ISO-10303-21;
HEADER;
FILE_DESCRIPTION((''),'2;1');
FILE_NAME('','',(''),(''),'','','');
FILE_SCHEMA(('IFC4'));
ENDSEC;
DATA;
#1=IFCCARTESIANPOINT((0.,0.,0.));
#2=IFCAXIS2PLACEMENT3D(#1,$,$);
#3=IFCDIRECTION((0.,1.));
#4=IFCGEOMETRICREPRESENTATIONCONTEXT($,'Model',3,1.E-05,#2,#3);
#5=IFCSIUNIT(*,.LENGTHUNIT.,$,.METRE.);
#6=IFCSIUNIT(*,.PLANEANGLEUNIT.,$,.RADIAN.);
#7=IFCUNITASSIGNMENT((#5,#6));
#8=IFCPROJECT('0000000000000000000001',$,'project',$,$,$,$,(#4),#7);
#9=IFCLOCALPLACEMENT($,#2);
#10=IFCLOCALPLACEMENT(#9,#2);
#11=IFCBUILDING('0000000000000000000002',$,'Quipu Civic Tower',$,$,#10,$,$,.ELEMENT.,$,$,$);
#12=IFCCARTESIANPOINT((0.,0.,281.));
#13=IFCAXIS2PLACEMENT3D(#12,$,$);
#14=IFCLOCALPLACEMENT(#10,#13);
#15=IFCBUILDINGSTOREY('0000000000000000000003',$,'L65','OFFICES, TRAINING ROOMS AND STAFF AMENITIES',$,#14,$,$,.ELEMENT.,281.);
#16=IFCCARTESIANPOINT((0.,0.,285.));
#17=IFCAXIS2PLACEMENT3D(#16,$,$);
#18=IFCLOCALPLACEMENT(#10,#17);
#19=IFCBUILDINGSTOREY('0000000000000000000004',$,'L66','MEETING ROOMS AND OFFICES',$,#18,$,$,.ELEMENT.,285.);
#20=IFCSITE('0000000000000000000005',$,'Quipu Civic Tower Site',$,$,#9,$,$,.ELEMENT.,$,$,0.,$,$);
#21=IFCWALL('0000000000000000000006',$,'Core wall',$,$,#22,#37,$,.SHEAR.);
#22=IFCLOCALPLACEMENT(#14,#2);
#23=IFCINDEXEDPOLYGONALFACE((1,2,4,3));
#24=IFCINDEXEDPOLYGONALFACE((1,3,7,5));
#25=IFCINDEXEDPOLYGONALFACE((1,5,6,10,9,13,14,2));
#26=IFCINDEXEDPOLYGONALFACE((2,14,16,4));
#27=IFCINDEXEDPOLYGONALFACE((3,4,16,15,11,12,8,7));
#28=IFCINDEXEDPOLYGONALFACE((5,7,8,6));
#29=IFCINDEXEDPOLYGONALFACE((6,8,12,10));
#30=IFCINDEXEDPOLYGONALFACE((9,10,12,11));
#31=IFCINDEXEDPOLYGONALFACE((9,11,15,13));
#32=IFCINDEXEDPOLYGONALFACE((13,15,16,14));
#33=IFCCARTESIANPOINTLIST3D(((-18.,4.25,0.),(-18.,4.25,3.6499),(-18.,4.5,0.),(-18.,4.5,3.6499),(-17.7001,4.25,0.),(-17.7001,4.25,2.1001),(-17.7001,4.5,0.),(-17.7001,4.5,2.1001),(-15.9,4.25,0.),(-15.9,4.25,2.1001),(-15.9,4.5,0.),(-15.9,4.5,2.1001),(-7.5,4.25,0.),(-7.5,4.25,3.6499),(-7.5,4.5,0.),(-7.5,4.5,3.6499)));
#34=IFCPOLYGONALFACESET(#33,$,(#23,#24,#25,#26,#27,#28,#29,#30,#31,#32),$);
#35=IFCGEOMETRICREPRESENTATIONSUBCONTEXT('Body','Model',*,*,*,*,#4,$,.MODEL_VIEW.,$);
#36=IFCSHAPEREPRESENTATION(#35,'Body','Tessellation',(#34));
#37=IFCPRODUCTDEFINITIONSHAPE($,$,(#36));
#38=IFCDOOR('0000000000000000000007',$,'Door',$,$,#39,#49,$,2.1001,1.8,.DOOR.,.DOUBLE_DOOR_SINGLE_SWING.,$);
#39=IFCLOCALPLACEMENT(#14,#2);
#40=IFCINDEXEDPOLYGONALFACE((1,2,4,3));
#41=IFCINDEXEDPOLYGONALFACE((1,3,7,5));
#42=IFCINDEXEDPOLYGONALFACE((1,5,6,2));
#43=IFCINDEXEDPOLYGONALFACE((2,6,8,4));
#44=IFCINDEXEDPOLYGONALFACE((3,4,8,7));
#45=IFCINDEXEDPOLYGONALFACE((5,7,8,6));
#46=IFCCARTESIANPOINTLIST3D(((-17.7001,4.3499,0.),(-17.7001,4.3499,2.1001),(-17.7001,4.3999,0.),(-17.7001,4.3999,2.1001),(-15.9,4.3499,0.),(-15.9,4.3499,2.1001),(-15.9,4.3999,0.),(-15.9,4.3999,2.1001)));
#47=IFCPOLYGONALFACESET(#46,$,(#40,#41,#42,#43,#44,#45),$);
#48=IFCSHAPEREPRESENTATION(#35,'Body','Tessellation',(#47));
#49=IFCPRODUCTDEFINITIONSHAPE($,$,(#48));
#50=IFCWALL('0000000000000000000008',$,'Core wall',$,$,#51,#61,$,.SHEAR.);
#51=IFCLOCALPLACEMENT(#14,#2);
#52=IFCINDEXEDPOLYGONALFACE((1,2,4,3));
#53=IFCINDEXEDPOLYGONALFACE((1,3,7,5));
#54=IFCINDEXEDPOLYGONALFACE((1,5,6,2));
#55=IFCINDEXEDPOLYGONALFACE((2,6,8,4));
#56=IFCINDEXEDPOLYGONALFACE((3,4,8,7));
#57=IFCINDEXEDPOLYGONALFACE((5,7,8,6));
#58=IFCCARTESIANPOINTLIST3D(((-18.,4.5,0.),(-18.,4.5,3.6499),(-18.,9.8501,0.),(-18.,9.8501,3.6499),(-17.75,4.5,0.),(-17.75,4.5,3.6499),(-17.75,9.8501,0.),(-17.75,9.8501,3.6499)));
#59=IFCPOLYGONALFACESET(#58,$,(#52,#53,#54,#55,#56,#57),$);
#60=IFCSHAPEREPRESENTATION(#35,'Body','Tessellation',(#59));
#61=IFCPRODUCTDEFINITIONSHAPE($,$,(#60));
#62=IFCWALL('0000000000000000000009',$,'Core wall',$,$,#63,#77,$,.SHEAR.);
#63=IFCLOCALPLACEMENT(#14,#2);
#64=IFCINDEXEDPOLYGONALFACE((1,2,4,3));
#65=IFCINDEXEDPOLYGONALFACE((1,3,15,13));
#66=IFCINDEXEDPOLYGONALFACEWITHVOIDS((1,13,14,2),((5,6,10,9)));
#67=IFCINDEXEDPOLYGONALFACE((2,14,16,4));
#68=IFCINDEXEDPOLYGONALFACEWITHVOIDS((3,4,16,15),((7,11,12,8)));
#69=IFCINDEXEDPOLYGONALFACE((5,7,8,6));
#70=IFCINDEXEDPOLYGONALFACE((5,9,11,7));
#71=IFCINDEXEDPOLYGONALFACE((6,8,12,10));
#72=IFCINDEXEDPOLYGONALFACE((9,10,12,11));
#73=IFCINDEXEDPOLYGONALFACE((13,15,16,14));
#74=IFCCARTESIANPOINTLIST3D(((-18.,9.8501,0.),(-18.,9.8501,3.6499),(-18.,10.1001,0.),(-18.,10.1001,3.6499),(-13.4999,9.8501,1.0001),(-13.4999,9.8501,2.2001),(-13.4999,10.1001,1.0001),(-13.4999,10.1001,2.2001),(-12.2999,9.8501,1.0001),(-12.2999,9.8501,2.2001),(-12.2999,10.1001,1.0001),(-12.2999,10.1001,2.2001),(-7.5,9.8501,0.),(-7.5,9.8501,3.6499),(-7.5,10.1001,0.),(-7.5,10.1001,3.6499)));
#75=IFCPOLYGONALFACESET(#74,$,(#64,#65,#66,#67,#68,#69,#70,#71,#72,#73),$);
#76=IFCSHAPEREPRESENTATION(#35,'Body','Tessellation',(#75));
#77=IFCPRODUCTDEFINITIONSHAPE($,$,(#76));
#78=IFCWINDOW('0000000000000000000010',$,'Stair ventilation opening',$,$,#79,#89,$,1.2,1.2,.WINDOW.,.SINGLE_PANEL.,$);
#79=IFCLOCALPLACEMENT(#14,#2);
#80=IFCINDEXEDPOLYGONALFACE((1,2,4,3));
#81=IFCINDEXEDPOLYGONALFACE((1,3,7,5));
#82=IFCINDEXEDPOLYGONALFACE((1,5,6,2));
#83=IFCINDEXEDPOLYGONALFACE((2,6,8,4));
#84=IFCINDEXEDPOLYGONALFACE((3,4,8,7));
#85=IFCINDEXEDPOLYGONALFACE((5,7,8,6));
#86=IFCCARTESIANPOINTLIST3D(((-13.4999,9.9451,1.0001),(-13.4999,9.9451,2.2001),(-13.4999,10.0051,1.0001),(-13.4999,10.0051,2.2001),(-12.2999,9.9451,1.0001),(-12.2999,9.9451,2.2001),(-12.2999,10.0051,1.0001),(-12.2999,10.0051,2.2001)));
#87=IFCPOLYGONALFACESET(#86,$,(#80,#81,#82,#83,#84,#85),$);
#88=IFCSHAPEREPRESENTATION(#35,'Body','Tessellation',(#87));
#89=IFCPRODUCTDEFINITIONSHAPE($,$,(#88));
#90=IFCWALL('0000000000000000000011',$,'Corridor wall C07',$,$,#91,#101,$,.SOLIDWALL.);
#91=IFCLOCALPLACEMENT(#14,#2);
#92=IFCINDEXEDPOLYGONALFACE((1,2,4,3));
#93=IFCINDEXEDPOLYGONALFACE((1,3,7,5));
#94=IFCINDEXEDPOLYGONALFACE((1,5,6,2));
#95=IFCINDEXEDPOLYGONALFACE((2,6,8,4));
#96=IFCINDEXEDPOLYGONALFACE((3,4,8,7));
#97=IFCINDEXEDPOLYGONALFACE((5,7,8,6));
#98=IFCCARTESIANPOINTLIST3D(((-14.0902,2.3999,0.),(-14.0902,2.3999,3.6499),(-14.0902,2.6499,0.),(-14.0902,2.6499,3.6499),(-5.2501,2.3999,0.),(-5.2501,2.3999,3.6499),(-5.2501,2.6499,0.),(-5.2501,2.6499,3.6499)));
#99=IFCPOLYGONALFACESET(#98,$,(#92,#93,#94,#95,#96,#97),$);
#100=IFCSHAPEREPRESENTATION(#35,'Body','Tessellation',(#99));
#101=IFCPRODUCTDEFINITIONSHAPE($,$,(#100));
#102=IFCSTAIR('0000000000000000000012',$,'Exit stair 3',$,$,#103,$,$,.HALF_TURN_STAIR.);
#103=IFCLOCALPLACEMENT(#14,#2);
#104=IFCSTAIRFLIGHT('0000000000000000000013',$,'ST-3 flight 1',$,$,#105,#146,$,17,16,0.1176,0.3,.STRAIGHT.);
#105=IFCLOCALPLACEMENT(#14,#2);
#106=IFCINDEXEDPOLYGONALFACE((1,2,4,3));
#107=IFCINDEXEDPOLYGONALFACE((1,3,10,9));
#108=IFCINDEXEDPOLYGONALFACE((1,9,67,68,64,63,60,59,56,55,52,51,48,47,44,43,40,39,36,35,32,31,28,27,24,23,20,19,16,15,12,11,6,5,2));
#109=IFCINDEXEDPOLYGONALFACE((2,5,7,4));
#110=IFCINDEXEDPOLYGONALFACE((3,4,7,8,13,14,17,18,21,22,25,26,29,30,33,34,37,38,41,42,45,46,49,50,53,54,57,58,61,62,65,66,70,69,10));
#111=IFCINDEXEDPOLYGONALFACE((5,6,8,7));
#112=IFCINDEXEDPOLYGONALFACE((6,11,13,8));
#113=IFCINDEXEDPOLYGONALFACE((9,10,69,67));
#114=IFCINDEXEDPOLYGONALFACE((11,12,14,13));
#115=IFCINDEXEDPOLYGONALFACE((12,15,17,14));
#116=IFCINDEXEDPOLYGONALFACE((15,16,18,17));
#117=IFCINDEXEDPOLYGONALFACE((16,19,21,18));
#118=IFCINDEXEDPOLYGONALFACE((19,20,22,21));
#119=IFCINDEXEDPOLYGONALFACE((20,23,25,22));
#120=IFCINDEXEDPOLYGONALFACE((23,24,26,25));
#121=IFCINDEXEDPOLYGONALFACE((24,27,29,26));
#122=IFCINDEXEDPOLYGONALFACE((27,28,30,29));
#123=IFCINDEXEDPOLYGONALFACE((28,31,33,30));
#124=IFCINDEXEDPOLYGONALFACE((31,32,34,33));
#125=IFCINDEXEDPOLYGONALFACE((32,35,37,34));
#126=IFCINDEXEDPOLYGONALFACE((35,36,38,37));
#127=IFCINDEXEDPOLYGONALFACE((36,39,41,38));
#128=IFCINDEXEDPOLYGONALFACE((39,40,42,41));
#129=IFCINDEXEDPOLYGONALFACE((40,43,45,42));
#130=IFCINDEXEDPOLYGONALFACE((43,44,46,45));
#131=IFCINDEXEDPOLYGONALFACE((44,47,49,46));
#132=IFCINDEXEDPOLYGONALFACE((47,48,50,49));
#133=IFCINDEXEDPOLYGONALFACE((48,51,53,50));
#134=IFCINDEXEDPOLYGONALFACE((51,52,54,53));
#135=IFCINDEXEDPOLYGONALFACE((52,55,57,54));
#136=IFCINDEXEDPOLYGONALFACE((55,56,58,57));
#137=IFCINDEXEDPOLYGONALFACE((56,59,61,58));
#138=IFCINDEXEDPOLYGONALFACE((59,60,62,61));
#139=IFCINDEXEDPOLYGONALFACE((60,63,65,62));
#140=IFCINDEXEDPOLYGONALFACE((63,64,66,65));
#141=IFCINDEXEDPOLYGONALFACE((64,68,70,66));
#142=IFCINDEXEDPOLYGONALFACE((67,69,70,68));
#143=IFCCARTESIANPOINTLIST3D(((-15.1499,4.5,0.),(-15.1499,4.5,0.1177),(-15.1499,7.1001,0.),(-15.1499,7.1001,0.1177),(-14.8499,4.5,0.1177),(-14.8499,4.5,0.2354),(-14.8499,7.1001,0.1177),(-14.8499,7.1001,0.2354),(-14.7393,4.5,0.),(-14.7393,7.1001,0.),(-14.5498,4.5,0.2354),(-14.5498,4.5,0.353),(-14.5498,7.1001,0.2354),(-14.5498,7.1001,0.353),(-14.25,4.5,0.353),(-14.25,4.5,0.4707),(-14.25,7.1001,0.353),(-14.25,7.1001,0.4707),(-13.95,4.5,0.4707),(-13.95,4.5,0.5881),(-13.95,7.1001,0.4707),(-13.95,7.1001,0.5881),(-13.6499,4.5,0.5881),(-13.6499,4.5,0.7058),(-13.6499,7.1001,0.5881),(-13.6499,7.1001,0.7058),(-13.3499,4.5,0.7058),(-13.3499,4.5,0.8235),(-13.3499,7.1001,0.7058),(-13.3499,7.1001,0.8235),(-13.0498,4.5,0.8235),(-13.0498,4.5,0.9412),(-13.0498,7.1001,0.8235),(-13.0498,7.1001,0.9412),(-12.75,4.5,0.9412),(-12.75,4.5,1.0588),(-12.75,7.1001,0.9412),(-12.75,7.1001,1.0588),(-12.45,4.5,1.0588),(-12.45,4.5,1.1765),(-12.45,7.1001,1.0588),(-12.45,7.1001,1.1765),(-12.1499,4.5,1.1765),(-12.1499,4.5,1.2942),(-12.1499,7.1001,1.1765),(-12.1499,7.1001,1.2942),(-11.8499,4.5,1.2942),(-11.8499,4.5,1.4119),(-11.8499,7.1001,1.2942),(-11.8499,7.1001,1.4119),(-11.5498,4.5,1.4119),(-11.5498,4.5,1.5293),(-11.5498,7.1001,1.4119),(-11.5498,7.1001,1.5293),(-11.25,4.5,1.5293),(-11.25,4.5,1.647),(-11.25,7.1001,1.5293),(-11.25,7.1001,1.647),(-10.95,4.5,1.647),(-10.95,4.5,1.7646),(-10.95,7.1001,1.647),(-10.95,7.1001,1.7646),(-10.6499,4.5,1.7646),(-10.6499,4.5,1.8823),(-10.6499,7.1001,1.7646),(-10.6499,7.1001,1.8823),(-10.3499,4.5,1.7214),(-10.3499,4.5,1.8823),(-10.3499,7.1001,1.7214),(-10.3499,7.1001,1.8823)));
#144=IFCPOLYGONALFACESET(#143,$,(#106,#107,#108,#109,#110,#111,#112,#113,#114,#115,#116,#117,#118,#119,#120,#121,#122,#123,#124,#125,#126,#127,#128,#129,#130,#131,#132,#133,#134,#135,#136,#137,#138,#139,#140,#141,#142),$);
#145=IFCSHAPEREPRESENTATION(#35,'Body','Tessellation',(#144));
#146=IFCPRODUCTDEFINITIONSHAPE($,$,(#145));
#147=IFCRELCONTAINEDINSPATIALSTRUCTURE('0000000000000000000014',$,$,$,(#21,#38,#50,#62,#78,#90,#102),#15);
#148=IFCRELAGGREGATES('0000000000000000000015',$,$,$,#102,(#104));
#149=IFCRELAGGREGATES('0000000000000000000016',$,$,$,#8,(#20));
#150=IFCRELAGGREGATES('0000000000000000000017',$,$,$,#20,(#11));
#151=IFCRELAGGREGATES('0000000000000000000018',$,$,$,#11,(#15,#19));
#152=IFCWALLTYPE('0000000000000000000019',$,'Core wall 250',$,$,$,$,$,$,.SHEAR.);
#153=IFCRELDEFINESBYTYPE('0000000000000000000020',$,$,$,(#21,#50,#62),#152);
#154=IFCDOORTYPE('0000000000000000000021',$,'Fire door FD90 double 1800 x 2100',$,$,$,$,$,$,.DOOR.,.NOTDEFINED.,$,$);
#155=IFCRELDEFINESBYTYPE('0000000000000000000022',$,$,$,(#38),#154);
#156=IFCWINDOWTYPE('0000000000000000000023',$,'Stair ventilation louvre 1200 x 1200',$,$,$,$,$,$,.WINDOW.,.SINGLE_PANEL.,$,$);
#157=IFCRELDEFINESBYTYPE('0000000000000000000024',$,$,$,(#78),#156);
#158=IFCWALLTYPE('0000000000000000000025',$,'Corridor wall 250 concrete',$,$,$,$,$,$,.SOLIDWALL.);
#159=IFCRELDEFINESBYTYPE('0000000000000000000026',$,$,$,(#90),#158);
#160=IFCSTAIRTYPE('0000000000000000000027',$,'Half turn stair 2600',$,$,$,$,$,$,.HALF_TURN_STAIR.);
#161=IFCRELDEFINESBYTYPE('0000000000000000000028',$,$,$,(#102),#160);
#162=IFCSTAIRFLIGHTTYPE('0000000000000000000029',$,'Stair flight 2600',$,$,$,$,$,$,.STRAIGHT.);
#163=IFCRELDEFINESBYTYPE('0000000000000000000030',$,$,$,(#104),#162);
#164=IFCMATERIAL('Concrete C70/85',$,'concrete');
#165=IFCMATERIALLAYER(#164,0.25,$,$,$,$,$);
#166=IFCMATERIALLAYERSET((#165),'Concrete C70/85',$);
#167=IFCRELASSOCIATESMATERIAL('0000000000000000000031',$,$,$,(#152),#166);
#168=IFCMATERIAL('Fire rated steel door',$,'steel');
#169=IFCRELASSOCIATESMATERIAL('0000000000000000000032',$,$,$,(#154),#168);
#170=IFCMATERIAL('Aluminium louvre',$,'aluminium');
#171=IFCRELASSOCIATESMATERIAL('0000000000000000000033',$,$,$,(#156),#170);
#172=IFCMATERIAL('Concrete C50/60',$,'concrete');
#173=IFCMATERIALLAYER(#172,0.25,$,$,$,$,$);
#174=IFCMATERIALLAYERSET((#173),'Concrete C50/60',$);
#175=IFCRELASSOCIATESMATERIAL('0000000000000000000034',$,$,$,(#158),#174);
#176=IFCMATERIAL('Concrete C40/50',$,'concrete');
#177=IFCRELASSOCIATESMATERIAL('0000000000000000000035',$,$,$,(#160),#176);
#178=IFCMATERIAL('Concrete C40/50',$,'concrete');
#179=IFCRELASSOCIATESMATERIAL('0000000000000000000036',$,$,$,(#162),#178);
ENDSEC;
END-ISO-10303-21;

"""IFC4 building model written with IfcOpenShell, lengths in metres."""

from ifc_helpers import new_model, si_unit, direction, frame, frame_2d, origin, place, context, subcontext, project, spatial, polyline, rectangle, outline, extrude, material, layer, layer_set, type_object, element, fill, aggregate, save


model = new_model("IFC4")

# Units and contexts
model_context = context("Model", 3, precision=1e-05, world=origin(), true_north=direction((0.0, 1.0)))
body_context = subcontext(model_context, "Body", "Model", "MODEL_VIEW")
ifc_project = project(units=[si_unit("LENGTHUNIT", "METRE"), si_unit("PLANEANGLEUNIT", "RADIAN")], contexts=[model_context])

# Site, building, storey
site_placement = place(None, origin())
site = spatial("IfcSite", under=ifc_project, at=site_placement, Name="Quipu Civic Tower Site", CompositionType="ELEMENT", RefElevation=0.0)
building_placement = place(site_placement, origin())
building = spatial("IfcBuilding", under=site, at=building_placement, Name="Quipu Civic Tower", CompositionType="ELEMENT")
storey_1_placement = place(building_placement, frame((0.0, 0.0, 281.0)))
storey_1 = spatial("IfcBuildingStorey", under=building, at=storey_1_placement, Name="L65", Description="OFFICES, TRAINING ROOMS AND STAFF AMENITIES", CompositionType="ELEMENT", Elevation=281.0)

# Shared definitions
storey_2_placement = place(building_placement, frame((0.0, 0.0, 285.0)))
storey_2 = spatial("IfcBuildingStorey", under=building, at=storey_2_placement, Name="L66", Description="MEETING ROOMS AND OFFICES", CompositionType="ELEMENT", Elevation=285.0)

# Shared definitions
ifc_material_1 = material(Name="Concrete C70/85", Category="concrete")
ifc_layer_1 = layer(ifc_material_1, 0.25)
ifc_layer_set_1 = layer_set([ifc_layer_1], Name="Concrete C70/85")
wall_type_1 = type_object("IfcWallType", Name="Core wall 250", PredefinedType="SHEAR", material=ifc_layer_set_1)
ifc_material_2 = material(Name="Fire rated steel door", Category="steel")
door_type = type_object("IfcDoorType", Name="Fire door FD90 double 1800 x 2100", OperationType="NOTDEFINED", PredefinedType="DOOR", material=ifc_material_2)

# Wall, opening, door
wall_1_placement = place(storey_1_placement, frame((-18.0, 4.375, 0.0), z_axis=(0.0, 0.0, 1.0), x_axis=(1.0, 0.0, 0.0)))
wall_1 = element("IfcWall", 1, at=wall_1_placement, inside=storey_1, type_object=wall_type_1, Name="Core wall", PredefinedType="SHEAR", context=body_context, shape_type="SweptSolid", body=[
    extrude(rectangle(XDim=10.5, YDim=0.25, at=frame_2d((5.25, 0.0))), origin(), (0.0, 0.0, 1.0), 3.6499),
])
opening_1_placement = place(wall_1_placement, frame((0.3, 0.0, 0.0)))
opening_1 = element("IfcOpeningElement", 2, at=opening_1_placement, cuts=wall_1, PredefinedType="OPENING", context=body_context, shape_type="SweptSolid", body=[
    extrude(rectangle(XDim=1.8, YDim=2.1001, at=frame_2d((0.8999, 1.05))), frame((0.0, 0.135, 0.0), z_axis=(0.0, -1.0, 0.0), x_axis=(1.0, 0.0, 0.0)), (0.0, 0.0, 1.0), 0.27),
])
door_1_placement = place(opening_1_placement, origin())
door_1 = element("IfcDoor", 3, at=door_1_placement, inside=storey_1, type_object=door_type, Name="Door", OperationType="DOUBLE_DOOR_SINGLE_SWING", OverallHeight=2.1001, OverallWidth=1.8, PredefinedType="DOOR", context=body_context, shape_type="SweptSolid", body=[
    extrude(rectangle(XDim=1.8, YDim=2.1001, at=frame_2d((0.8999, 1.05))), frame((0.0, 0.0249, 0.0), z_axis=(0.0, -1.0, 0.0), x_axis=(1.0, 0.0, 0.0)), (0.0, 0.0, 1.0), 0.05),
])
fill(opening_1, door_1)

# Wall
wall_2_placement = place(storey_1_placement, frame((-17.875, 4.5, 0.0), z_axis=(0.0, 0.0, 1.0), x_axis=(0.0, 1.0, 0.0)))
element("IfcWall", 4, at=wall_2_placement, inside=storey_1, type_object=wall_type_1, Name="Core wall", PredefinedType="SHEAR", context=body_context, shape_type="SweptSolid", body=[
    extrude(rectangle(XDim=5.3501, YDim=0.25, at=frame_2d((2.675, 0.0))), origin(), (0.0, 0.0, 1.0), 3.6499),
])

# Wall, opening, window
wall_3_placement = place(storey_1_placement, frame((-18.0, 9.9751, 0.0), z_axis=(0.0, 0.0, 1.0), x_axis=(1.0, 0.0, 0.0)))
wall_3 = element("IfcWall", 5, at=wall_3_placement, inside=storey_1, type_object=wall_type_1, Name="Core wall", PredefinedType="SHEAR", context=body_context, shape_type="SweptSolid", body=[
    extrude(rectangle(XDim=10.5, YDim=0.25, at=frame_2d((5.25, 0.0))), origin(), (0.0, 0.0, 1.0), 3.6499),
])
opening_2_placement = place(wall_3_placement, frame((4.5, 0.0, 1.0)))
opening_2 = element("IfcOpeningElement", 6, at=opening_2_placement, cuts=wall_3, PredefinedType="OPENING", context=body_context, shape_type="SweptSolid", body=[
    extrude(rectangle(XDim=1.2, YDim=1.2, at=frame_2d((0.6001, 0.6001))), frame((0.0, 0.135, 0.0), z_axis=(0.0, -1.0, 0.0), x_axis=(1.0, 0.0, 0.0)), (0.0, 0.0, 1.0), 0.27),
])
ifc_material_3 = material(Name="Aluminium louvre", Category="aluminium")
window_type = type_object("IfcWindowType", Name="Stair ventilation louvre 1200 x 1200", PartitioningType="SINGLE_PANEL", PredefinedType="WINDOW", material=ifc_material_3)
window_placement = place(opening_2_placement, origin())
window = element("IfcWindow", 7, at=window_placement, inside=storey_1, type_object=window_type, Name="Stair ventilation opening", OverallHeight=1.2, OverallWidth=1.2, PartitioningType="SINGLE_PANEL", PredefinedType="WINDOW", context=body_context, shape_type="SweptSolid", body=[
    extrude(rectangle(XDim=1.2, YDim=1.2, at=frame_2d((0.6001, 0.6001))), frame((0.0, 0.03, 0.0), z_axis=(0.0, -1.0, 0.0), x_axis=(1.0, 0.0, 0.0)), (0.0, 0.0, 1.0), 0.0601),
])
fill(opening_2, window)

# Wall
ifc_material_4 = material(Name="Concrete C50/60", Category="concrete")
ifc_layer_2 = layer(ifc_material_4, 0.25)
ifc_layer_set_2 = layer_set([ifc_layer_2], Name="Concrete C50/60")
wall_type_2 = type_object("IfcWallType", Name="Corridor wall 250 concrete", PredefinedType="SOLIDWALL", material=ifc_layer_set_2)
wall_4_placement = place(storey_1_placement, frame((-14.0901, 2.5249, 0.0), z_axis=(0.0, 0.0, 1.0), x_axis=(1.0, 0.0, 0.0)))
element("IfcWall", 8, at=wall_4_placement, inside=storey_1, type_object=wall_type_2, Name="Corridor wall C07", PredefinedType="SOLIDWALL", context=body_context, shape_type="SweptSolid", body=[
    extrude(rectangle(XDim=8.8401, YDim=0.25, at=frame_2d((4.4199, 0.0))), origin(), (0.0, 0.0, 1.0), 3.6499),
])

# Stair, stair flight
ifc_material_5 = material(Name="Concrete C40/50", Category="concrete")
stair_type = type_object("IfcStairType", Name="Half turn stair 2600", PredefinedType="HALF_TURN_STAIR", material=ifc_material_5)
stair_placement = place(storey_1_placement, origin())
stair = element("IfcStair", 9, at=stair_placement, inside=storey_1, type_object=stair_type, Name="Exit stair 3", PredefinedType="HALF_TURN_STAIR")
ifc_material_6 = material(Name="Concrete C40/50", Category="concrete")
stair_flight_type = type_object("IfcStairFlightType", Name="Stair flight 2600", PredefinedType="STRAIGHT", material=ifc_material_6)
stair_flight_placement = place(storey_1_placement, frame((-15.1499, 5.8, 0.0), z_axis=(0.0, 0.0, 1.0), x_axis=(1.0, 0.0, 0.0)))
stair_flight = element("IfcStairFlight", 10, at=stair_flight_placement, type_object=stair_flight_type, Name="ST-3 flight 1", NumberOfRisers=17, NumberOfTreads=16, PredefinedType="STRAIGHT", RiserHeight=0.1176, TreadLength=0.3, context=body_context, shape_type="SweptSolid", body=[
    extrude(outline(polyline([(0.0, 0.0), (0.0, 0.1177), (0.3, 0.1177), (0.3, 0.2354), (0.6001, 0.2354), (0.6001, 0.353), (0.8999, 0.353), (0.8999, 0.4707), (1.2, 0.4707), (1.2, 0.5881), (1.5, 0.5881), (1.5, 0.7058), (1.8, 0.7058), (1.8, 0.8235), (2.1001, 0.8235), (2.1001, 0.9412), (2.3999, 0.9412), (2.3999, 1.0588), (2.7, 1.0588), (2.7, 1.1765), (3.0, 1.1765), (3.0, 1.2942), (3.3, 1.2942), (3.3, 1.4119), (3.6001, 1.4119), (3.6001, 1.5293), (3.8999, 1.5293), (3.8999, 1.647), (4.2, 1.647), (4.2, 1.7646), (4.5, 1.7646), (4.5, 1.8823), (4.8, 1.8823), (4.8, 2.0), (4.8, 1.7214), (0.4106, 0.0), (0.0, 0.0)])), frame((0.0, 1.3, 0.0), z_axis=(0.0, -1.0, 0.0), x_axis=(1.0, 0.0, 0.0)), (0.0, 0.0, 1.0), 2.6001),
])
aggregate(stair, [stair_flight])

save(model, "model.ifc")
